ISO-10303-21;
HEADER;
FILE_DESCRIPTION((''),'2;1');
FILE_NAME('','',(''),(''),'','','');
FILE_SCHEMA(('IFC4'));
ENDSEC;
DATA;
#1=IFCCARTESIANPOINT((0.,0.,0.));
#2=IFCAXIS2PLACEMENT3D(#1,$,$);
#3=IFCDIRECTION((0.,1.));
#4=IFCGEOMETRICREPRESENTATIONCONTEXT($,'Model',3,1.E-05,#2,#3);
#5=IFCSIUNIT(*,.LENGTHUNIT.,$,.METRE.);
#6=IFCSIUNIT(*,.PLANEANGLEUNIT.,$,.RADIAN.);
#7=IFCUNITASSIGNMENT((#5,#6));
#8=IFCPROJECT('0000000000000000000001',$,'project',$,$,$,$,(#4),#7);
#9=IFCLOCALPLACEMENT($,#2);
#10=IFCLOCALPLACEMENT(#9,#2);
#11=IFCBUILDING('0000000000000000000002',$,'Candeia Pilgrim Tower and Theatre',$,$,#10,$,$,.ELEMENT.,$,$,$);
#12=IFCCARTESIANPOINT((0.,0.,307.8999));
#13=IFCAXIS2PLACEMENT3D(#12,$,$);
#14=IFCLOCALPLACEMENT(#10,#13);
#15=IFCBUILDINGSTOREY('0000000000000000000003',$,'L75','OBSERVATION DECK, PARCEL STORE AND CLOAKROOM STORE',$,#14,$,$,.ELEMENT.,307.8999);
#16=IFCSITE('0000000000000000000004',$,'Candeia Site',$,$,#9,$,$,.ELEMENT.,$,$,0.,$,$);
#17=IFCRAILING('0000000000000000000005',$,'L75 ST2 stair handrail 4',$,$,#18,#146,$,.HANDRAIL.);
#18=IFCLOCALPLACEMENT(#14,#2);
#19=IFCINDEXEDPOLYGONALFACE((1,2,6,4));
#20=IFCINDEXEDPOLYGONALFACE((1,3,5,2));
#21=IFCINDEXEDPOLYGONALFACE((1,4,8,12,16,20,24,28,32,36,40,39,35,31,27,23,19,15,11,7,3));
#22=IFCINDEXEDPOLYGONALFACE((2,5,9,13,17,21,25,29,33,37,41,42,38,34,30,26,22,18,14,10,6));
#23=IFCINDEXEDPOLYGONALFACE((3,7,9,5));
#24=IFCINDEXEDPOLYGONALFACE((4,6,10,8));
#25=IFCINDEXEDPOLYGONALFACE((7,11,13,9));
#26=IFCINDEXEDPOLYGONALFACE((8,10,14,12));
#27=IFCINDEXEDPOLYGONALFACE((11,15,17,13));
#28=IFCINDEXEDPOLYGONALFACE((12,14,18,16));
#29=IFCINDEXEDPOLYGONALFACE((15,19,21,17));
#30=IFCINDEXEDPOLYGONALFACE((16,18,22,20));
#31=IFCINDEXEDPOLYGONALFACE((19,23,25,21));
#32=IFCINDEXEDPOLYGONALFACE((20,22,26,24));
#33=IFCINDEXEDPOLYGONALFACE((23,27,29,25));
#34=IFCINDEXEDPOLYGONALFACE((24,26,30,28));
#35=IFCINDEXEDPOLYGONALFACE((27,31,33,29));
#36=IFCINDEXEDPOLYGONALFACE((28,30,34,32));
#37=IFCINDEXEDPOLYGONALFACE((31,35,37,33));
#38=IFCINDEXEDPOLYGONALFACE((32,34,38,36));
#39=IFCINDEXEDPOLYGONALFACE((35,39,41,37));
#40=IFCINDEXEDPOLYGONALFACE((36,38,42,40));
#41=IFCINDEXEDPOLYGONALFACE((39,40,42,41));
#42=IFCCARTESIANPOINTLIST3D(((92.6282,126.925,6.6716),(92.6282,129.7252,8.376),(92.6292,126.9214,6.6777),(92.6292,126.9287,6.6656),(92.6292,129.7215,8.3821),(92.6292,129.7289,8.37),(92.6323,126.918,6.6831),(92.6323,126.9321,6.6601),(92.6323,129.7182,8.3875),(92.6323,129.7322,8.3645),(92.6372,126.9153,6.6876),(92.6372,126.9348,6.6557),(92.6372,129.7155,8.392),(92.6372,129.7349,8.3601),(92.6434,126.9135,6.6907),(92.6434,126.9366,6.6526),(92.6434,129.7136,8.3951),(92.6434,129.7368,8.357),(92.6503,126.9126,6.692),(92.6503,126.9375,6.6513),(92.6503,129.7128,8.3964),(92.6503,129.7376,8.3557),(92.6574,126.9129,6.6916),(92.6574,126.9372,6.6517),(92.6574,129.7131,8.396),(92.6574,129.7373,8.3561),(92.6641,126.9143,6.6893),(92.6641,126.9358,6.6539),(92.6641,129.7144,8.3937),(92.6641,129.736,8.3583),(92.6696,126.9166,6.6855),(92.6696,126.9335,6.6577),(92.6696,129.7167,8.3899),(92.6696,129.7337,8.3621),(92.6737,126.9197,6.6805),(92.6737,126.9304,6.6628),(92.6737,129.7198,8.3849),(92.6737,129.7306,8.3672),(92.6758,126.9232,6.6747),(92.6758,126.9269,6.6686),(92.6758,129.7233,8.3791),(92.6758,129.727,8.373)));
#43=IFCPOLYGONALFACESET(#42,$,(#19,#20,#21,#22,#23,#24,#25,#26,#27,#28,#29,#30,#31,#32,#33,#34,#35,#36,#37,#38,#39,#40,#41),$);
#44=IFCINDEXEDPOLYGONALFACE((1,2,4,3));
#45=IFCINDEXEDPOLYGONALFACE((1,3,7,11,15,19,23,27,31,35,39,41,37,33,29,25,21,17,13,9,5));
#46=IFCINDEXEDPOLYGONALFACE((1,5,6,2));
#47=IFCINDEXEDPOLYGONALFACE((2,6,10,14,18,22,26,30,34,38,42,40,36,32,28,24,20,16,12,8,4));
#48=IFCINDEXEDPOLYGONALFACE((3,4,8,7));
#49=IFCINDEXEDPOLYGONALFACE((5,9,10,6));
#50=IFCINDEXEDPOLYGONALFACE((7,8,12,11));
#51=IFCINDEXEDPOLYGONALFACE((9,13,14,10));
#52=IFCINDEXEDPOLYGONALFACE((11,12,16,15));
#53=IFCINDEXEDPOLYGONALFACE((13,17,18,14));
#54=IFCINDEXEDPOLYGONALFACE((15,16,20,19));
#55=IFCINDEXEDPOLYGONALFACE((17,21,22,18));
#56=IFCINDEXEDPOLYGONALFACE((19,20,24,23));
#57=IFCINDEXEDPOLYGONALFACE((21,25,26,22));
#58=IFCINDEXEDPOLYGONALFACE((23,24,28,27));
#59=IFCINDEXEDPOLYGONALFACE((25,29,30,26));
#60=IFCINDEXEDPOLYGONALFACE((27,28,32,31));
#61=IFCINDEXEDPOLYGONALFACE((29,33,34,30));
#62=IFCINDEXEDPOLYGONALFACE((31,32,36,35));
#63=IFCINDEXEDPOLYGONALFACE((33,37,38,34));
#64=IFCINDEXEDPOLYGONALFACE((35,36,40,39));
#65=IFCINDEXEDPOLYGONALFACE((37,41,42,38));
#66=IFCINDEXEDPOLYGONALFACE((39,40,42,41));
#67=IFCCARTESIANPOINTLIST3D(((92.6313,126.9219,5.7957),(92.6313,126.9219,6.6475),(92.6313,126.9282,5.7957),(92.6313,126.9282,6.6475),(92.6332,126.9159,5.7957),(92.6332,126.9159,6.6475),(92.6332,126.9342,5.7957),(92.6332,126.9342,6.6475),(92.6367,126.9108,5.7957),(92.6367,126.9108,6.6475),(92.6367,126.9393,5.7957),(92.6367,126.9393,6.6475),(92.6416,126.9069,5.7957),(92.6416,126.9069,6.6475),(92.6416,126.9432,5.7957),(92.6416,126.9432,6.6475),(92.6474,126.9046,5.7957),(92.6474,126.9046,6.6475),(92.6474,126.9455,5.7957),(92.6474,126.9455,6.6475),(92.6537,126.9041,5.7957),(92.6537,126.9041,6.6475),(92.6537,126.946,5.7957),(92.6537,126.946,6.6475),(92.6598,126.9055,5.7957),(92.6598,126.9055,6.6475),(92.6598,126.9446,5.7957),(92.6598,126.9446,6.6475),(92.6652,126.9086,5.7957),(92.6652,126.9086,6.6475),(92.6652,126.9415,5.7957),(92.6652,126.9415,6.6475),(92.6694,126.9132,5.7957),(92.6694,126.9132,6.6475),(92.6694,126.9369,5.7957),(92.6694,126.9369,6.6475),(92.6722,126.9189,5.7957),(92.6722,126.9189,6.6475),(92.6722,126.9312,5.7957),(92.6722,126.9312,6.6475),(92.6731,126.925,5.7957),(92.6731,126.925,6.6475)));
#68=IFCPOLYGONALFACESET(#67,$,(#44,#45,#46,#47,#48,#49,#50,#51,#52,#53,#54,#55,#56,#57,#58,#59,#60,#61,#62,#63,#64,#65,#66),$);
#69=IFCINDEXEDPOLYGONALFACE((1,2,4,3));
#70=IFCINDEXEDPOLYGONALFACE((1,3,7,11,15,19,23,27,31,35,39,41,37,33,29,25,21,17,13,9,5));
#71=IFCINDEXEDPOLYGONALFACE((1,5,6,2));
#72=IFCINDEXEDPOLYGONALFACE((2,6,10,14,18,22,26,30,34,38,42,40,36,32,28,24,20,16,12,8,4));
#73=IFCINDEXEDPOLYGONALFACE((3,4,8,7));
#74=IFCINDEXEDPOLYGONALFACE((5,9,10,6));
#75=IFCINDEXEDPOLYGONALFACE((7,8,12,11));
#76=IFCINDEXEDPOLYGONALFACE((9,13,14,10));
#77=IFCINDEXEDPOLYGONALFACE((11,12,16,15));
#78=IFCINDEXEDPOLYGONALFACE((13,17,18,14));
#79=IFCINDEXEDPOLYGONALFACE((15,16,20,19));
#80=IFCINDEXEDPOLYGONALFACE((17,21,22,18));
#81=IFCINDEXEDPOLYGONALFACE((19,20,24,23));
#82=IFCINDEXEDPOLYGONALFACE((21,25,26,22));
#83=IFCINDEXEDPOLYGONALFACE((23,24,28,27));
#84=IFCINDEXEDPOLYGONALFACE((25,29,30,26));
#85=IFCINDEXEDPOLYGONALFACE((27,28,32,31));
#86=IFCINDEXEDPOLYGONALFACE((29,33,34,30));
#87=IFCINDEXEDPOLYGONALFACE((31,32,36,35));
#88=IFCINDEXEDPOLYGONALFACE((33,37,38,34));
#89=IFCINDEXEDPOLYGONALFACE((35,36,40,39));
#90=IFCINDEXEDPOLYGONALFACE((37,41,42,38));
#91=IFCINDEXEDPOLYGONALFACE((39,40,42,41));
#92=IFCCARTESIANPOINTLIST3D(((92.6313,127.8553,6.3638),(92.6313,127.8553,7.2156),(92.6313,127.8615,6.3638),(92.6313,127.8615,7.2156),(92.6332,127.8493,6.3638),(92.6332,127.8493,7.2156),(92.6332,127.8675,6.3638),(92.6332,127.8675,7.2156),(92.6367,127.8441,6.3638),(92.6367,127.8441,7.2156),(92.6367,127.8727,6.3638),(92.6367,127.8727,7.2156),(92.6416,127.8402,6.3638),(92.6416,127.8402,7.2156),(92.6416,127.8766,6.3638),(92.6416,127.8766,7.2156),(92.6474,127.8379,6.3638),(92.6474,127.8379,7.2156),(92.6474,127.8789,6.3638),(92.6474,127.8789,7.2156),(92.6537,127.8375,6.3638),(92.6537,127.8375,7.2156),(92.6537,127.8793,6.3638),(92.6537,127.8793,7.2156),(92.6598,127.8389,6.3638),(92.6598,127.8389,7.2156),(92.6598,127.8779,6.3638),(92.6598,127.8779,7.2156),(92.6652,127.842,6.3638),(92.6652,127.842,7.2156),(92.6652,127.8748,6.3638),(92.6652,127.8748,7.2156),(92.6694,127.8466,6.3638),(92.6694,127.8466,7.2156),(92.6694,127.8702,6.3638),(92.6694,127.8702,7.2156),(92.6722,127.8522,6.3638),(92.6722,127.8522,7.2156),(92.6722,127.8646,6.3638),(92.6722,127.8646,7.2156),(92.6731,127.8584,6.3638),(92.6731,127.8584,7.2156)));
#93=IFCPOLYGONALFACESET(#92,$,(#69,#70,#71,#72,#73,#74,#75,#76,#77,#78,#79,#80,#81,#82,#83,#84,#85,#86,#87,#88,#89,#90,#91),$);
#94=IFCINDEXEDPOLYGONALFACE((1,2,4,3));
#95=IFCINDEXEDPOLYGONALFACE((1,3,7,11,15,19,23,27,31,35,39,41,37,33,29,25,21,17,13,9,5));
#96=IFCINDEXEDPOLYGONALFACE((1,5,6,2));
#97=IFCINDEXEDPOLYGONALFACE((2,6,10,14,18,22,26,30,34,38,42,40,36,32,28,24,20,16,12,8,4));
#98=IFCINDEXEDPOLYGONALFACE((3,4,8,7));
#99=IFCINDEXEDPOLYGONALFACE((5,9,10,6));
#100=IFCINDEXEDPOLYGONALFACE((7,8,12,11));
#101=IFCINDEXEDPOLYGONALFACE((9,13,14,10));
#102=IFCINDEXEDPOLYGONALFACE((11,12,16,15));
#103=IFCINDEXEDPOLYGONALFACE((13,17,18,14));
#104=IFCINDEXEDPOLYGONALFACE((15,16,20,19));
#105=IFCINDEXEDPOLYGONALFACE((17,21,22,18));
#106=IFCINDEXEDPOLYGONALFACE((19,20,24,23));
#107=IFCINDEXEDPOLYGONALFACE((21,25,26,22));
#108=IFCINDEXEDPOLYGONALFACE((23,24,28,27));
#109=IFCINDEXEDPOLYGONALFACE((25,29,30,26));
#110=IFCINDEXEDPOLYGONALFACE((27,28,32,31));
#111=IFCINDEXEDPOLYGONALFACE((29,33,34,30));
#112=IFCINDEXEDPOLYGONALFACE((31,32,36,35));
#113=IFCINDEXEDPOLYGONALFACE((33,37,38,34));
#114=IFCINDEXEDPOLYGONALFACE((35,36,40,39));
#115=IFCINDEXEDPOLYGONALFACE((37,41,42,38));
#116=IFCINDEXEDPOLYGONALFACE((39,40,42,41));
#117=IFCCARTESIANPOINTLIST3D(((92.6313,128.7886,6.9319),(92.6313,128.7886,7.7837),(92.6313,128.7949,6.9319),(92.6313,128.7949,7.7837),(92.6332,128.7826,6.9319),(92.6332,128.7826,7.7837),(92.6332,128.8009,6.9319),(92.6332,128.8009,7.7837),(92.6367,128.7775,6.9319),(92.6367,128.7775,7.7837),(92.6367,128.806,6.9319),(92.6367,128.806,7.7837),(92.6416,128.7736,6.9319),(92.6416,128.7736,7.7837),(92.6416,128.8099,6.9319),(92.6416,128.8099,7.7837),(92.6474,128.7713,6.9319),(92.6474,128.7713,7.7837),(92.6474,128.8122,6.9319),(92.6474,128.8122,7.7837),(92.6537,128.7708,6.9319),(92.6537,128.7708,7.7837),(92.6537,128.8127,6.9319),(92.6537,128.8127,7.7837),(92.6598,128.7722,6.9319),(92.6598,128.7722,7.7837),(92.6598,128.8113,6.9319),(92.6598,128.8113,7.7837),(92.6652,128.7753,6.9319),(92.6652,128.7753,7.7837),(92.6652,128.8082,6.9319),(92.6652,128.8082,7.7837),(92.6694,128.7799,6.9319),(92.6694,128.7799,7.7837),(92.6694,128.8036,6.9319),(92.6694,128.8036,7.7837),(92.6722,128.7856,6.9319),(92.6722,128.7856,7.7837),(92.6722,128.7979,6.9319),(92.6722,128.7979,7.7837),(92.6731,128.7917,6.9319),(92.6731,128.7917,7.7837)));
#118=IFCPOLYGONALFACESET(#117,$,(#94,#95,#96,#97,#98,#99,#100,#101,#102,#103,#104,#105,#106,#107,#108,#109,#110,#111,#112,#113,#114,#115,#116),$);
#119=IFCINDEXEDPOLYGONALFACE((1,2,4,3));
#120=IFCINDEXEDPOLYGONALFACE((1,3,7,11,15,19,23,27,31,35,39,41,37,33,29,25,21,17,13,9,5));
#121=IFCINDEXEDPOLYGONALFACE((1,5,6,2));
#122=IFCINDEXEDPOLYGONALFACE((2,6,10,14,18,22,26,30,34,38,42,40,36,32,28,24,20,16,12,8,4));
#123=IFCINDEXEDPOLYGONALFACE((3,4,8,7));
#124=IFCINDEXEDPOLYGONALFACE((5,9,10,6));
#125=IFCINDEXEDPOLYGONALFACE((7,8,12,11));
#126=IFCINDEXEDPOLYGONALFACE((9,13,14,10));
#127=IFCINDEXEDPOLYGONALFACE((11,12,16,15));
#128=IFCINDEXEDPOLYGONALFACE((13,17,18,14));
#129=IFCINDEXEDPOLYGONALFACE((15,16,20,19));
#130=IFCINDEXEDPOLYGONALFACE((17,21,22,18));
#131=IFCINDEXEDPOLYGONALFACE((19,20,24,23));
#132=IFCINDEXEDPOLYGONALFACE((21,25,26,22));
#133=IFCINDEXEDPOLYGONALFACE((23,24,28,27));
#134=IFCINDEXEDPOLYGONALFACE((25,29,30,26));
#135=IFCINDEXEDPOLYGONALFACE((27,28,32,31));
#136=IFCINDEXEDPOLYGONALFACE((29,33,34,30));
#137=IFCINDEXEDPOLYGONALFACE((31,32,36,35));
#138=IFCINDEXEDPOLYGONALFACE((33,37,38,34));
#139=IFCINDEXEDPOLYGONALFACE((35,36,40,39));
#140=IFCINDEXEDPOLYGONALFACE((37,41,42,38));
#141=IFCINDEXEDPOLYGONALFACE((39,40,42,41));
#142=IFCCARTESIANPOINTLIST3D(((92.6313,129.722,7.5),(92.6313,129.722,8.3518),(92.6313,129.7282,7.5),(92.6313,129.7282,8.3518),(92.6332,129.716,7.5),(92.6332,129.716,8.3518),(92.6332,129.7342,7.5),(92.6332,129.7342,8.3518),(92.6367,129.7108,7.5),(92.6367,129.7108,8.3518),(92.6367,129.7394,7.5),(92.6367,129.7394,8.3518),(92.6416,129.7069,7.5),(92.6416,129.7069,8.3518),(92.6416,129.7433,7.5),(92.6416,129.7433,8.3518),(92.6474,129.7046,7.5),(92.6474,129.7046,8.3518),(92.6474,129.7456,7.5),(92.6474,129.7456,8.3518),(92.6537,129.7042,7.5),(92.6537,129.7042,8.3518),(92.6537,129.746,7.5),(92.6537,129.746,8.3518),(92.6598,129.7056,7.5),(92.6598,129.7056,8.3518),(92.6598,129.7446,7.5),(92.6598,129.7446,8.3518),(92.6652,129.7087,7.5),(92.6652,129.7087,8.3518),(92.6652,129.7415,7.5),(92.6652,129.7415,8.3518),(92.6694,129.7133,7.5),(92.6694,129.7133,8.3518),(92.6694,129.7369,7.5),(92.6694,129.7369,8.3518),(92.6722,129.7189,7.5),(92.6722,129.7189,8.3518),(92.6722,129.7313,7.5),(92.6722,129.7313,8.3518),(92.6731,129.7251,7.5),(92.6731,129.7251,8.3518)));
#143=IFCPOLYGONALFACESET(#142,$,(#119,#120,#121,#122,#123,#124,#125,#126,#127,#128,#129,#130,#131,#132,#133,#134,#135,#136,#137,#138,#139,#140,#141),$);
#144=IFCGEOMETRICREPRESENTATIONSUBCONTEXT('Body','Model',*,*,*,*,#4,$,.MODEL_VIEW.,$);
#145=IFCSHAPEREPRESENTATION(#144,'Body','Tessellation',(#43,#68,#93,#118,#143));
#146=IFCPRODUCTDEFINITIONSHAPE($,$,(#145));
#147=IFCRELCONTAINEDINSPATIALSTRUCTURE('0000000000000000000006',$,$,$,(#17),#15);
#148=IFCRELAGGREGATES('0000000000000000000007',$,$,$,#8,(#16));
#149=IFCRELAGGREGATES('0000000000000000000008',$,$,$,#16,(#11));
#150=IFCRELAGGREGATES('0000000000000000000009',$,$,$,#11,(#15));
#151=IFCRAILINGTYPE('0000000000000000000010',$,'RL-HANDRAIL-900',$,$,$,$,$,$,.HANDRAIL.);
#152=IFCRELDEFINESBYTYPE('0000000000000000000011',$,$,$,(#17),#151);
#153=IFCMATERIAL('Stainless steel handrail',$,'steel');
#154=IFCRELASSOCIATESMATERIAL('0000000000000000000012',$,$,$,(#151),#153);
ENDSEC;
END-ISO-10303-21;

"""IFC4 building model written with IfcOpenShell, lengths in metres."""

from ifc_helpers import new_model, si_unit, direction, frame, origin, origin_2d, place, context, subcontext, project, spatial, circle, extrude, material, type_object, element, save


model = new_model("IFC4")

# Units and contexts
model_context = context("Model", 3, precision=1e-05, world=origin(), true_north=direction((0.0, 1.0)))
body_context = subcontext(model_context, "Body", "Model", "MODEL_VIEW")
ifc_project = project(units=[si_unit("LENGTHUNIT", "METRE"), si_unit("PLANEANGLEUNIT", "RADIAN")], contexts=[model_context])

# Site, building, storey
site_placement = place(None, origin())
site = spatial("IfcSite", under=ifc_project, at=site_placement, Name="Candeia Site", CompositionType="ELEMENT", RefElevation=0.0)
building_placement = place(site_placement, origin())
building = spatial("IfcBuilding", under=site, at=building_placement, Name="Candeia Pilgrim Tower and Theatre", CompositionType="ELEMENT")
storey_placement = place(building_placement, frame((0.0, 0.0, 307.8999)))
storey = spatial("IfcBuildingStorey", under=building, at=storey_placement, Name="L75", Description="OBSERVATION DECK, PARCEL STORE AND CLOAKROOM STORE", CompositionType="ELEMENT", Elevation=307.8999)

# Railing
ifc_material_1 = material(Name="Stainless steel handrail", Category="steel")
railing_type = type_object("IfcRailingType", Name="RL-HANDRAIL-900", PredefinedType="HANDRAIL", material=ifc_material_1)
for number, where, name in (
    (1, (92.6521, 126.925, 5.7957), "L75 ST2 stair handrail 4"),
):
    element("IfcRailing", number, at=place(storey_placement, frame(where)), inside=storey, type_object=railing_type, Name=name, PredefinedType="HANDRAIL", context=body_context, shape_type="SweptSolid", body=[
        extrude(circle(Radius=0.0239, at=origin_2d()), frame((0.0, 0.0, 0.876), z_axis=(0.0, 0.854203, 0.51994), x_axis=(-1.0, 0.0, 0.0)), (0.0, 0.0, 1.0), 3.2781),
        extrude(circle(Radius=0.021, at=origin_2d()), origin(), (0.0, 0.0, 1.0), 0.8518),
        extrude(circle(Radius=0.021, at=origin_2d()), frame((0.0, 0.9333, 0.5681)), (0.0, 0.0, 1.0), 0.8518),
        extrude(circle(Radius=0.021, at=origin_2d()), frame((0.0, 1.8667, 1.1362)), (0.0, 0.0, 1.0), 0.8518),
        extrude(circle(Radius=0.021, at=origin_2d()), frame((0.0, 2.8, 1.7043)), (0.0, 0.0, 1.0), 0.8518),
    ])

save(model, "model.ifc")
